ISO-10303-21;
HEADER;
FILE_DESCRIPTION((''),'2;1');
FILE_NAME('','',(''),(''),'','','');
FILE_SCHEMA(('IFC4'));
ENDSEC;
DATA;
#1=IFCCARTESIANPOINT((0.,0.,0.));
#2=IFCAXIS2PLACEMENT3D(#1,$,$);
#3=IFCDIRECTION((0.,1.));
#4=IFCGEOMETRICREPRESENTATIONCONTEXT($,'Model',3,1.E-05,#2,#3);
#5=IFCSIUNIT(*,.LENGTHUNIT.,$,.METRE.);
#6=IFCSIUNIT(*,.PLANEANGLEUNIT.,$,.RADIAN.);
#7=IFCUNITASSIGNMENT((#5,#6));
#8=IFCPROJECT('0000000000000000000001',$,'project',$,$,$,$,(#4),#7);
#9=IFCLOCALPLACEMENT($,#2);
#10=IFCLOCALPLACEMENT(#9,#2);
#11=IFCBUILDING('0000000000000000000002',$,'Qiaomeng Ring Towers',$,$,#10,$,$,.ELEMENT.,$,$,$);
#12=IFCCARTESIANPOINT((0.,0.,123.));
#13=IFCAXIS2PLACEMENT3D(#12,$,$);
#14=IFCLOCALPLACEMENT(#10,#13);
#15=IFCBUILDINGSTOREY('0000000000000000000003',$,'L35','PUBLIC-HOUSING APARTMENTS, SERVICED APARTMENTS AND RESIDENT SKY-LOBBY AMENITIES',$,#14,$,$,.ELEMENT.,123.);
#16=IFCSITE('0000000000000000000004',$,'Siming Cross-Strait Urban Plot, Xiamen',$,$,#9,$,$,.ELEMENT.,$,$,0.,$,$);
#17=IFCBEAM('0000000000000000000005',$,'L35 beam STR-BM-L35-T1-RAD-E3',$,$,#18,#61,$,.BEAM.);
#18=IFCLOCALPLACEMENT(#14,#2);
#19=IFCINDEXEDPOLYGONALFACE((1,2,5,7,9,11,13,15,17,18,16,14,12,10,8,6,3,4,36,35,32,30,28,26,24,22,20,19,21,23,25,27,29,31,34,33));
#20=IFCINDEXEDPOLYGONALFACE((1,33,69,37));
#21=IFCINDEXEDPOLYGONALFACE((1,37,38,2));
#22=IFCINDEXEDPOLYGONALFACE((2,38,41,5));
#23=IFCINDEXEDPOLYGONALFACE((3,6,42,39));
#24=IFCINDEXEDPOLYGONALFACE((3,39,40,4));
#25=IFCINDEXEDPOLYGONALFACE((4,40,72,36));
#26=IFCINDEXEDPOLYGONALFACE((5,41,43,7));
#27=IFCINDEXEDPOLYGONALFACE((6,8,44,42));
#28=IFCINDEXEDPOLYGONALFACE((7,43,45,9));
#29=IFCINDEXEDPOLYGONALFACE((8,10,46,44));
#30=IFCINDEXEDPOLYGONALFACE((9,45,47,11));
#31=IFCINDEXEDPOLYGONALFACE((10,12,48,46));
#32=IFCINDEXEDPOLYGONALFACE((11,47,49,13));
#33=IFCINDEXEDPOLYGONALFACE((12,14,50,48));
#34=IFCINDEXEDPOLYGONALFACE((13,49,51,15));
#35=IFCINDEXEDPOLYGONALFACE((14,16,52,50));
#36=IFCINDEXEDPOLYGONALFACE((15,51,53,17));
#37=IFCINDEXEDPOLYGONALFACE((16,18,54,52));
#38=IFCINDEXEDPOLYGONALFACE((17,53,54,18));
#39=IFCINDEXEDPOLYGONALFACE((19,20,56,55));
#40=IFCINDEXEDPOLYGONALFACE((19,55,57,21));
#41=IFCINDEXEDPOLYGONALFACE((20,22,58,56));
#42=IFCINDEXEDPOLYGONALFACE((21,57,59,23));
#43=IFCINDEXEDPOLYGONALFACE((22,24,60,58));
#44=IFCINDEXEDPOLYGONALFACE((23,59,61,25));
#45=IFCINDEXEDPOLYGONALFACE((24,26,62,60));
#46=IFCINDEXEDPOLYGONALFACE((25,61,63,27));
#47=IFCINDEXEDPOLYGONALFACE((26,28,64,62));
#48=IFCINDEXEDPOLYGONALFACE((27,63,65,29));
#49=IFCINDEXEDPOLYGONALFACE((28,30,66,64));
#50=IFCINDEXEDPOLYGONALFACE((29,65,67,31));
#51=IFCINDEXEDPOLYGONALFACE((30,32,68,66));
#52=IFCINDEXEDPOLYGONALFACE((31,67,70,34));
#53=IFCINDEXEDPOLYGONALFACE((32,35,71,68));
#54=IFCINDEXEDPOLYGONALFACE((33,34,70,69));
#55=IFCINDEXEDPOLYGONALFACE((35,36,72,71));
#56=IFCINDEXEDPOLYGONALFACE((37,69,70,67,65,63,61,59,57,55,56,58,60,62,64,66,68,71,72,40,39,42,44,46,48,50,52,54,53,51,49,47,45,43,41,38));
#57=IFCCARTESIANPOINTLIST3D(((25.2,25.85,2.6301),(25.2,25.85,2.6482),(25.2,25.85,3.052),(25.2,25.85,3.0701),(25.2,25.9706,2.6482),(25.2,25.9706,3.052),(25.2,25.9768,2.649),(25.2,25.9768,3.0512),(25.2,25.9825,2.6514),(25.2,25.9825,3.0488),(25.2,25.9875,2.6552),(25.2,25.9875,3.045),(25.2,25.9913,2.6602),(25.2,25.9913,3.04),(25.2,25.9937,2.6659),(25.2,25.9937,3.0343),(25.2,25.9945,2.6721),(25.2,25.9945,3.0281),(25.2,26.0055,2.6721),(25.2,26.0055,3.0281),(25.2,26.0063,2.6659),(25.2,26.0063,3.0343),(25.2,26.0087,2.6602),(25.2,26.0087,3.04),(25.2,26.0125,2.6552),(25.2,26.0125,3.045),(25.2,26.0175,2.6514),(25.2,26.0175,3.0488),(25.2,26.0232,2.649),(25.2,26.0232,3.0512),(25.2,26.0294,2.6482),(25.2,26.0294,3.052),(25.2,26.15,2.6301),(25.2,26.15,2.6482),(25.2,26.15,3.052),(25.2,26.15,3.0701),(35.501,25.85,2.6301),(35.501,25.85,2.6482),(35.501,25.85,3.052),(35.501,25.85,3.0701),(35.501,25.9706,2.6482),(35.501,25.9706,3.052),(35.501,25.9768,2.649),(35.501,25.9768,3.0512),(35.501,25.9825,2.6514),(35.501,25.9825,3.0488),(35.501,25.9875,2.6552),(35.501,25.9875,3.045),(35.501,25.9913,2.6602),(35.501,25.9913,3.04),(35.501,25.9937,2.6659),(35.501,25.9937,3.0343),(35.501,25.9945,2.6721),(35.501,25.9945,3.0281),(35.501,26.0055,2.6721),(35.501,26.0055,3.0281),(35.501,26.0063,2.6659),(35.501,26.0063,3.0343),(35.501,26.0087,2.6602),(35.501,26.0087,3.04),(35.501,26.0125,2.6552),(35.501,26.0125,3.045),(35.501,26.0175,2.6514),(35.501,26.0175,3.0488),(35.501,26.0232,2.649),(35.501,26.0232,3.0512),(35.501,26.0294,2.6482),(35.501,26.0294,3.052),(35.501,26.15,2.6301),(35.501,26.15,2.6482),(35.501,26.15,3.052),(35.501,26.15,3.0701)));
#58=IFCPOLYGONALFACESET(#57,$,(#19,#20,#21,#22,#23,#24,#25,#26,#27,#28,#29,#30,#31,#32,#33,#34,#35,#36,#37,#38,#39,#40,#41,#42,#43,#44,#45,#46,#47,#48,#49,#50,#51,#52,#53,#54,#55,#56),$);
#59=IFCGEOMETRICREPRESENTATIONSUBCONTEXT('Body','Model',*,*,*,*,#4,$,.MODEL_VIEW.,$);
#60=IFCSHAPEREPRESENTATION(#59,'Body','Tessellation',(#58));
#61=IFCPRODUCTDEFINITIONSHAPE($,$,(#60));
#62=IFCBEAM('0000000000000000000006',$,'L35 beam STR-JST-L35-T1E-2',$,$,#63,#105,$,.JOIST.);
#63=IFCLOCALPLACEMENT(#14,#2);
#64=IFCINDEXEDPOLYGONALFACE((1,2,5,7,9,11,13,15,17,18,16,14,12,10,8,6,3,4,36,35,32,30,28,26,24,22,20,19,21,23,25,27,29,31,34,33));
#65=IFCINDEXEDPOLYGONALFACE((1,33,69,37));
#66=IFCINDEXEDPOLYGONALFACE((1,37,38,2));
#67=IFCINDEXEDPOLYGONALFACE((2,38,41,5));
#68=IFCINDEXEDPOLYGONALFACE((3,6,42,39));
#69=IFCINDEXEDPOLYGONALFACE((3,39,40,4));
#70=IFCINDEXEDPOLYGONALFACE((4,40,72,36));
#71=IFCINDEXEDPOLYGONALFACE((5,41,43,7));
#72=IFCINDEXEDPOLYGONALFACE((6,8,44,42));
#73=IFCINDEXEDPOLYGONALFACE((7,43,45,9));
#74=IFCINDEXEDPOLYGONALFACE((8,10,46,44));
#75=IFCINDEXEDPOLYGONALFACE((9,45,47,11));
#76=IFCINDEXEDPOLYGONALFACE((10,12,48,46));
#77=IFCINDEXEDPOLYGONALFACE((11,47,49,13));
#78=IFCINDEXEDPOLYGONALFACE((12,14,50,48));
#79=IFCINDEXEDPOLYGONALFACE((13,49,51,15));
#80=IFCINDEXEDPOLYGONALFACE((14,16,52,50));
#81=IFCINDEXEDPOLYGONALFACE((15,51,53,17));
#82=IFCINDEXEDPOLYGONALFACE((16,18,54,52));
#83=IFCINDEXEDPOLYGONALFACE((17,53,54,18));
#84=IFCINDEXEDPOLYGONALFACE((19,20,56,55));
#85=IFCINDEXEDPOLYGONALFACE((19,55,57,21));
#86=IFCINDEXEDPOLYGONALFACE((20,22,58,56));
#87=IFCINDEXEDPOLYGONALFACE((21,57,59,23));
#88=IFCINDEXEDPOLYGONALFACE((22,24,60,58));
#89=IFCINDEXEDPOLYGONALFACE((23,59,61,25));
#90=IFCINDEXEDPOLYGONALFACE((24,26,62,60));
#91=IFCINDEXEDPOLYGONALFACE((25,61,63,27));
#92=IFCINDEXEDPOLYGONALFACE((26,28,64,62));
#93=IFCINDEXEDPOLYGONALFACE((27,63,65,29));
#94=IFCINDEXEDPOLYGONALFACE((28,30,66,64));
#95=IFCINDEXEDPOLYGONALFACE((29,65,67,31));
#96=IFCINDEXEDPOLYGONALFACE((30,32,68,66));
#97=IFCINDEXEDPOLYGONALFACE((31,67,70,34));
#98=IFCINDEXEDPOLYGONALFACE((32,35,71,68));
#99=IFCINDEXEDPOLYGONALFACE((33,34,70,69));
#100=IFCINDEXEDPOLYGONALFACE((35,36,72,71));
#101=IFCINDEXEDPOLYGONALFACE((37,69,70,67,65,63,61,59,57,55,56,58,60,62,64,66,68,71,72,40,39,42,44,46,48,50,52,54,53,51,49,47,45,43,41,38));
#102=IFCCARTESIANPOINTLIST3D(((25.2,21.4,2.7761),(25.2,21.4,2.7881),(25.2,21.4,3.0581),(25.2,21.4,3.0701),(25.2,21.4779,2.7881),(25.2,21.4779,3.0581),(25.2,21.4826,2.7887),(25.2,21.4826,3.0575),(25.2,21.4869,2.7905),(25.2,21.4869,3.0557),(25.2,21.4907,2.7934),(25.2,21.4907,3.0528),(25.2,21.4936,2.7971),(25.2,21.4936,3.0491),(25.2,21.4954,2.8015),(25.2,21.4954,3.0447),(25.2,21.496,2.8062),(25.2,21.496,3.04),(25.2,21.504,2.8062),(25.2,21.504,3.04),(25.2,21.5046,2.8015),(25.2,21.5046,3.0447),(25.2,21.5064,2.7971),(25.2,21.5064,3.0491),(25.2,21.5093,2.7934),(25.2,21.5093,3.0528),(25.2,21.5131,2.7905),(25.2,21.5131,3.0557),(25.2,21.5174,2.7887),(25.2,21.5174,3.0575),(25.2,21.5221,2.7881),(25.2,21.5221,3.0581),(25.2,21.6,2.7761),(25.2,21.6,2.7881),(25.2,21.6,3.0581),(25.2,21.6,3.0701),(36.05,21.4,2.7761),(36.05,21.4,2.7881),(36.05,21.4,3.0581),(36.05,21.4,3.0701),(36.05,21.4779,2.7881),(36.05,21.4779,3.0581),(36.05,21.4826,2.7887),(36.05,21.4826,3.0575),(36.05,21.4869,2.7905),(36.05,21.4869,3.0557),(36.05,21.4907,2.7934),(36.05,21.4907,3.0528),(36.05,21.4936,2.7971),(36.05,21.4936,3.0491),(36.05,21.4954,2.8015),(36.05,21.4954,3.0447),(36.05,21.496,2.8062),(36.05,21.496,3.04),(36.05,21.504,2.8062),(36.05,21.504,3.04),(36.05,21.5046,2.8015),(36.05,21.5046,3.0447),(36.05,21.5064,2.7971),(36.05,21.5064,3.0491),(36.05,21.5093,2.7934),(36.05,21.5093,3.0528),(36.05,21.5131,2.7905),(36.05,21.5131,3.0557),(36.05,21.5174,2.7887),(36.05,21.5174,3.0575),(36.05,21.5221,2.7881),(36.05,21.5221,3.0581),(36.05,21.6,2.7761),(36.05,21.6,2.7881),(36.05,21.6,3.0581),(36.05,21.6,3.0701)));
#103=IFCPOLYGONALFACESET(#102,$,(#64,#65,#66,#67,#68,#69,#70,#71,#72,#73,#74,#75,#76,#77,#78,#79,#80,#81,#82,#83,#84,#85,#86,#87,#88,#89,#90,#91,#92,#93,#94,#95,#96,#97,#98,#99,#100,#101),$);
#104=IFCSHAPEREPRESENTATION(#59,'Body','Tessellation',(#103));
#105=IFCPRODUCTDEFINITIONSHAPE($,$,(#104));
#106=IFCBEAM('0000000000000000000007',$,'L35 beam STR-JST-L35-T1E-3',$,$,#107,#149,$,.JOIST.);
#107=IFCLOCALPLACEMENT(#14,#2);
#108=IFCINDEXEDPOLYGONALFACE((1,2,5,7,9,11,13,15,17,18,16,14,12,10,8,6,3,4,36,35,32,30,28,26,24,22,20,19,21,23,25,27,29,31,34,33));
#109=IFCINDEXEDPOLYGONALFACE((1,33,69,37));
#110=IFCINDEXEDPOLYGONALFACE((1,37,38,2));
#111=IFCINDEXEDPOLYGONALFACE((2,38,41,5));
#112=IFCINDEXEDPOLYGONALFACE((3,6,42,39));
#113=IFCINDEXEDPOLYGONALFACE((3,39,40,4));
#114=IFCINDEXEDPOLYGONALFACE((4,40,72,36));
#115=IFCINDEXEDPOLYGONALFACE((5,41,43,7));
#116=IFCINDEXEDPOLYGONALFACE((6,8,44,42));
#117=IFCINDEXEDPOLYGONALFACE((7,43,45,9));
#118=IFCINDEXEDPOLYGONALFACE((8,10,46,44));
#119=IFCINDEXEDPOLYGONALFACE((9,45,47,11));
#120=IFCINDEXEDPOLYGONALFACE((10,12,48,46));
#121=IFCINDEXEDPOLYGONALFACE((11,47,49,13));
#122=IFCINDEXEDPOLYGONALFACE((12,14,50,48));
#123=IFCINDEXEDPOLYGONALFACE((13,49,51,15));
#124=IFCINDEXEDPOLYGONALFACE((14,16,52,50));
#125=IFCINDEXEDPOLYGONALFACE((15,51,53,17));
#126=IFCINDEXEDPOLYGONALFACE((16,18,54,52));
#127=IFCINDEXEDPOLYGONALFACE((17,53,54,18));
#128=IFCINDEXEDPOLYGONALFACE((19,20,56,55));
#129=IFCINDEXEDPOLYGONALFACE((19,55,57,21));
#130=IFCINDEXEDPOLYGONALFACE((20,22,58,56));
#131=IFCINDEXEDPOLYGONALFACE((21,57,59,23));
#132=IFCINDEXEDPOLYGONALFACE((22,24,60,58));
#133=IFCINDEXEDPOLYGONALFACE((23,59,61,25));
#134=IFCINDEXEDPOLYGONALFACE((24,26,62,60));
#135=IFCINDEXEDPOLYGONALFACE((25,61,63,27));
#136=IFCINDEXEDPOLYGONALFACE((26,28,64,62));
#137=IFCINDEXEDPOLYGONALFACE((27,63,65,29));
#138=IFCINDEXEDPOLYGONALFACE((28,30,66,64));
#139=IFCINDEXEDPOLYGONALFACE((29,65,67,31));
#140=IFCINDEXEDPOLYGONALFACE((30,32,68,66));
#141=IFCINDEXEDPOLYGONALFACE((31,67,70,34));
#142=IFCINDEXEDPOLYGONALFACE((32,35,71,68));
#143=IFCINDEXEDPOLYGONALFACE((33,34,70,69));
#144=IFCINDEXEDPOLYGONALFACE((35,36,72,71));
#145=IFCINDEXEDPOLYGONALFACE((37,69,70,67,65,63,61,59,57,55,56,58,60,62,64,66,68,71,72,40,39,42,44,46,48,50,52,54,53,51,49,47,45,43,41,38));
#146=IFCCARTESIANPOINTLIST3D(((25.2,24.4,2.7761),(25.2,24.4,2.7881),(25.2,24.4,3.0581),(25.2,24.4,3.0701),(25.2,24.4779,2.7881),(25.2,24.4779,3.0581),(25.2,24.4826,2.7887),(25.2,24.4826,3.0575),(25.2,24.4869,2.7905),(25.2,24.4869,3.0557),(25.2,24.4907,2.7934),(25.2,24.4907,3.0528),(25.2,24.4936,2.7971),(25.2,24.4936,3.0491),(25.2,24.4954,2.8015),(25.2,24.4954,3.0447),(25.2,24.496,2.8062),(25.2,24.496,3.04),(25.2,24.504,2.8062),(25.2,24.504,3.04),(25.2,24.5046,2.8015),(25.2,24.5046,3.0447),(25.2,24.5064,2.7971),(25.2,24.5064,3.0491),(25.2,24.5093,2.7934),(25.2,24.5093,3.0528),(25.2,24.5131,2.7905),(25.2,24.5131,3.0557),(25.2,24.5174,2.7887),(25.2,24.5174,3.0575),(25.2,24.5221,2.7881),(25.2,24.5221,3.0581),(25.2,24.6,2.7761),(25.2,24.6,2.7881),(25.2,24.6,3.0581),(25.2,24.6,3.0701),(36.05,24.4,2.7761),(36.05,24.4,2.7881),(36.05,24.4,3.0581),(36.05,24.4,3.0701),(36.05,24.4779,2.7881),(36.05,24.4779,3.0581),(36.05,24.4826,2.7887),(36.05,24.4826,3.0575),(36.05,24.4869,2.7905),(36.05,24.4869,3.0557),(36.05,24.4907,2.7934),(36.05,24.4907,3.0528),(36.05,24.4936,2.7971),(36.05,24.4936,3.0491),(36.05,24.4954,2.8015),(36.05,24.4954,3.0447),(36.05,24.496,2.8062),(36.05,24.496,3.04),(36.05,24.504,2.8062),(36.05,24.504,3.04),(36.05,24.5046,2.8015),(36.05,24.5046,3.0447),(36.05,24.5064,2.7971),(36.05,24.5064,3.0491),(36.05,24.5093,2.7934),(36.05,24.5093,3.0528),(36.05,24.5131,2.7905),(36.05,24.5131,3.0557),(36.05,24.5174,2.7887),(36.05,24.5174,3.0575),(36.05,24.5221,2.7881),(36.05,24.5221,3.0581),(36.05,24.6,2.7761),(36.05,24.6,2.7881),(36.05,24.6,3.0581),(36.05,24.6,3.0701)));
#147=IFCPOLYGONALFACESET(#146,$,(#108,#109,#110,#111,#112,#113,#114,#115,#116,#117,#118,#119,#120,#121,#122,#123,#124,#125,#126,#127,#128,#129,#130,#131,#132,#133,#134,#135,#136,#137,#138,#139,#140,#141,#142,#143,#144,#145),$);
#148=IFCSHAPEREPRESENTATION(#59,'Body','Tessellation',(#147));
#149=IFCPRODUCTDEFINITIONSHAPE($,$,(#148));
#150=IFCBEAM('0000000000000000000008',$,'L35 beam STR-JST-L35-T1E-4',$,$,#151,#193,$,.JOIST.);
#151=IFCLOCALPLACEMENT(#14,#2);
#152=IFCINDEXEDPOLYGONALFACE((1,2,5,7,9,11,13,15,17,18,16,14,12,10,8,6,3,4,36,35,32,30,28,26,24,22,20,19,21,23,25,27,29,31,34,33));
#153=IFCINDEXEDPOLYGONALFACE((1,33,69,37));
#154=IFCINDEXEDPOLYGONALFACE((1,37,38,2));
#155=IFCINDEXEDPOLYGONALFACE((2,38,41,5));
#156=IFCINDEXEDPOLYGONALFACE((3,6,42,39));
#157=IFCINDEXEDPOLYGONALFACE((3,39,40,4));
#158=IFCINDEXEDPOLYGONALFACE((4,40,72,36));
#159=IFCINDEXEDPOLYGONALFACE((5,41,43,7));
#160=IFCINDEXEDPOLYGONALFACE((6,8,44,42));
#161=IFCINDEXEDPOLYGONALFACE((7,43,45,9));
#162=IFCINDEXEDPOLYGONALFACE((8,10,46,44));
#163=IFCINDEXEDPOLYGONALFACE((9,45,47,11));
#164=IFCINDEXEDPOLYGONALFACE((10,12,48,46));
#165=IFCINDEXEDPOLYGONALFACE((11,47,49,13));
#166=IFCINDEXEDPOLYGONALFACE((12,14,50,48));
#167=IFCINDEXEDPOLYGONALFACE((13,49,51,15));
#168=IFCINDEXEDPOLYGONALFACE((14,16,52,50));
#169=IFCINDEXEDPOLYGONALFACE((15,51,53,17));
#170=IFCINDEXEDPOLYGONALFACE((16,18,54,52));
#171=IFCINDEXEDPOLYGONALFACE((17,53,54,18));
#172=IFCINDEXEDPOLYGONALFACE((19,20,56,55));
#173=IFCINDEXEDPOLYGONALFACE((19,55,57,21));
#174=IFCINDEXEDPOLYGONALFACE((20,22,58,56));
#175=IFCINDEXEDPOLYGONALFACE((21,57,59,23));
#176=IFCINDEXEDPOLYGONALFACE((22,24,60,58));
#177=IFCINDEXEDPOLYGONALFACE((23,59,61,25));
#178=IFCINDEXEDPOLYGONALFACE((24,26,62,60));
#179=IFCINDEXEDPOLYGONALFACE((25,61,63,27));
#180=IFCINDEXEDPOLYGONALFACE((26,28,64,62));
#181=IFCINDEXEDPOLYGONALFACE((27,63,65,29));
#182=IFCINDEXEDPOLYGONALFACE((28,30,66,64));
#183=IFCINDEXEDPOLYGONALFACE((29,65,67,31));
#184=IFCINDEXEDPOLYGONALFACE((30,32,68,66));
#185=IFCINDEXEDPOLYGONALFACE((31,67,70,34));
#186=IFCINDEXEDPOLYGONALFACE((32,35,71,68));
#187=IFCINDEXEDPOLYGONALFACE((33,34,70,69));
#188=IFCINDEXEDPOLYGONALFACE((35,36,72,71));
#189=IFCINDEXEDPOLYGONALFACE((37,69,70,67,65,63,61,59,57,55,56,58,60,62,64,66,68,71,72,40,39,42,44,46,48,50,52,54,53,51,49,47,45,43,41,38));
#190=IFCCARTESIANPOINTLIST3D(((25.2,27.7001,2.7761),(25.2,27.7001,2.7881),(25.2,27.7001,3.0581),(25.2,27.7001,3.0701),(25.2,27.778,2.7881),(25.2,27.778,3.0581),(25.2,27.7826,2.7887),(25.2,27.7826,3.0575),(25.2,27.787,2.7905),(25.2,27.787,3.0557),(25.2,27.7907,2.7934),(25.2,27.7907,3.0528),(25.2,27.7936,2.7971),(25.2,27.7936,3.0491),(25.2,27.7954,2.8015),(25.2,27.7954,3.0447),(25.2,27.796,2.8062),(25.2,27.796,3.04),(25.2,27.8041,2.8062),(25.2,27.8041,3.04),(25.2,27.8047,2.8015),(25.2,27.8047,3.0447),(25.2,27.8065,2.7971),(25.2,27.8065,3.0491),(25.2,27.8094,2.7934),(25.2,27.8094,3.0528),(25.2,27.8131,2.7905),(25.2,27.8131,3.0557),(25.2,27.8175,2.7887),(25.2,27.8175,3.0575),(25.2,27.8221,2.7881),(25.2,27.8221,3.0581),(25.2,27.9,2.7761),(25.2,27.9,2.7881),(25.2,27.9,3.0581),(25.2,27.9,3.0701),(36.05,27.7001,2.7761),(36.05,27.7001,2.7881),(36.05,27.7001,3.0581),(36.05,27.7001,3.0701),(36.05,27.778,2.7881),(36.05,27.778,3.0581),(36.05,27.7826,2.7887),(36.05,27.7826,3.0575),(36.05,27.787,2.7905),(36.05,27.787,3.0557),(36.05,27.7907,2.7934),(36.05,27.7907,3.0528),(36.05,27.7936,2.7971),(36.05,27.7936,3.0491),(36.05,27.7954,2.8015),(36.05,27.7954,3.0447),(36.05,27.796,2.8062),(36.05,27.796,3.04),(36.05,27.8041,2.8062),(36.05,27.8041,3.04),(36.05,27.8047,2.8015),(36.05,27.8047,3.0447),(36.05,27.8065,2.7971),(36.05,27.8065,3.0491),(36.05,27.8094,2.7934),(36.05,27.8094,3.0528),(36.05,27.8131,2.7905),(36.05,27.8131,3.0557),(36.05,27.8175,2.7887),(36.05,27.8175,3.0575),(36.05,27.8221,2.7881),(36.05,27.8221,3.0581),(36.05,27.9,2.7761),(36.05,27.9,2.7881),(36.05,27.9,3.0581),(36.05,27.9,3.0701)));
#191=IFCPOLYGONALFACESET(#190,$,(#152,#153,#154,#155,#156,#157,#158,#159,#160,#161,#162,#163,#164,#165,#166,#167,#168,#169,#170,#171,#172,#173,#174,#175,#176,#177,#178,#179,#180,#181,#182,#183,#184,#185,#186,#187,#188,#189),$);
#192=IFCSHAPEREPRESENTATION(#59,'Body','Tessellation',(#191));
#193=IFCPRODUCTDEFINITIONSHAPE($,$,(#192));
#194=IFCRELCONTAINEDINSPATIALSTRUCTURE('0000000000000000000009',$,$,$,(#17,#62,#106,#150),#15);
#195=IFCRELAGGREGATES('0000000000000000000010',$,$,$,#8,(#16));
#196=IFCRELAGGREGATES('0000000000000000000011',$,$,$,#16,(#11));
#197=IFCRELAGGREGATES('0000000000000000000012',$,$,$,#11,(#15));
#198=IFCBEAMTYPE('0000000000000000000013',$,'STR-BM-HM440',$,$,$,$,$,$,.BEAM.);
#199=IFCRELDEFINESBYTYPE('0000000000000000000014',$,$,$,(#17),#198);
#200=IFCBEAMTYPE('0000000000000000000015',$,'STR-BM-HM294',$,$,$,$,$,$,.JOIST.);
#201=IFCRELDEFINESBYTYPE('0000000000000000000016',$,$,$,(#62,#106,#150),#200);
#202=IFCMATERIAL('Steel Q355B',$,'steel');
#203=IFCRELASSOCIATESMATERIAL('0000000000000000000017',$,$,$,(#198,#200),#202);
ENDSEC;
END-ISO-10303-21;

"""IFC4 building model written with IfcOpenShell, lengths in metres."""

from ifc_helpers import new_model, si_unit, direction, frame, origin, origin_2d, place, context, subcontext, project, spatial, i_section, extrude, source, transform, mapped, material, material_profile, profile_set, type_object, element, save


model = new_model("IFC4")

# Units and contexts
model_context = context("Model", 3, precision=1e-05, world=origin(), true_north=direction((0.0, 1.0)))
body_context = subcontext(model_context, "Body", "Model", "MODEL_VIEW")
ifc_project = project(units=[si_unit("LENGTHUNIT", "METRE"), si_unit("PLANEANGLEUNIT", "RADIAN")], contexts=[model_context])

# Site, building, storey
site_placement = place(None, origin())
site = spatial("IfcSite", under=ifc_project, at=site_placement, Name="Siming Cross-Strait Urban Plot, Xiamen", CompositionType="ELEMENT", RefElevation=0.0)
building_placement = place(site_placement, origin())
building = spatial("IfcBuilding", under=site, at=building_placement, Name="Qiaomeng Ring Towers", CompositionType="ELEMENT")
storey_placement = place(building_placement, frame((0.0, 0.0, 123.0)))
storey = spatial("IfcBuildingStorey", under=building, at=storey_placement, Name="L35", Description="PUBLIC-HOUSING APARTMENTS, SERVICED APARTMENTS AND RESIDENT SKY-LOBBY AMENITIES", CompositionType="ELEMENT", Elevation=123.0)

# Beams
ifc_material_1 = material(Name="Steel Q355B", Category="steel")
ifc_material_profile_1 = material_profile(ifc_material_1, i_section(OverallWidth=0.3, OverallDepth=0.4399, WebThickness=0.011, FlangeThickness=0.0181, FilletRadius=0.0239, at=origin_2d()), Name="HM 440x300x11x18")
ifc_profile_set_1 = profile_set([ifc_material_profile_1], Name="Steel Q355B")
beam_type_1 = type_object("IfcBeamType", Name="STR-BM-HM440", PredefinedType="BEAM", material=ifc_profile_set_1)
shared_shape_1 = source(origin(), body_context, "Body", "SweptSolid", [
    extrude(i_section(OverallWidth=0.3, OverallDepth=0.4399, WebThickness=0.011, FlangeThickness=0.0181, FilletRadius=0.0239, at=origin_2d()), origin(), (0.0, 0.0, 1.0), 10.301),
])
beam_placement = place(storey_placement, frame((25.2, 26.0, 2.8501), z_axis=(1.0, 0.0, 0.0), x_axis=(0.0, 1.0, 0.0)))
element("IfcBeam", 1, at=beam_placement, inside=storey, type_object=beam_type_1, Name="L35 beam STR-BM-L35-T1-RAD-E3", PredefinedType="BEAM", context=body_context, shape_type="MappedRepresentation", body=[
    mapped(shared_shape_1, transform((0.0, 0.0, 0.0), x_axis=(1.0, 0.0, 0.0), y_axis=(0.0, 1.0, 0.0), z_axis=(0.0, 0.0, 1.0), scale=1.0)),
])
ifc_material_profile_2 = material_profile(ifc_material_1, i_section(OverallWidth=0.2, OverallDepth=0.2939, WebThickness=0.0081, FlangeThickness=0.012, FilletRadius=0.0181, at=origin_2d()), Name="HM 294x200x8x12")
ifc_profile_set_2 = profile_set([ifc_material_profile_2], Name="Steel Q355B")
beam_type_2 = type_object("IfcBeamType", Name="STR-BM-HM294", PredefinedType="JOIST", material=ifc_profile_set_2)
shared_shape_2 = source(origin(), body_context, "Body", "SweptSolid", [
    extrude(i_section(OverallWidth=0.2, OverallDepth=0.2939, WebThickness=0.0081, FlangeThickness=0.012, FilletRadius=0.0181, at=origin_2d()), origin(), (0.0, 0.0, 1.0), 10.8501),
])
for number, where, z_axis, x_axis, name in (
    (2, (25.2, 21.5, 2.9231), (1.0, 0.0, 0.0), (0.0, 1.0, 0.0), "L35 beam STR-JST-L35-T1E-2"),
    (3, (25.2, 24.5, 2.9231), (1.0, 0.0, 0.0), (0.0, 1.0, 0.0), "L35 beam STR-JST-L35-T1E-3"),
    (4, (25.2, 27.8, 2.9231), (1.0, 0.0, 0.0), (0.0, 1.0, 0.0), "L35 beam STR-JST-L35-T1E-4"),
):
    element("IfcBeam", number, at=place(storey_placement, frame(where, z_axis=z_axis, x_axis=x_axis)), inside=storey, type_object=beam_type_2, Name=name, PredefinedType="JOIST", context=body_context, shape_type="MappedRepresentation", body=[
        mapped(shared_shape_2, transform((0.0, 0.0, 0.0), x_axis=(1.0, 0.0, 0.0), y_axis=(0.0, 1.0, 0.0), z_axis=(0.0, 0.0, 1.0), scale=1.0)),
    ])

save(model, "model.ifc")
